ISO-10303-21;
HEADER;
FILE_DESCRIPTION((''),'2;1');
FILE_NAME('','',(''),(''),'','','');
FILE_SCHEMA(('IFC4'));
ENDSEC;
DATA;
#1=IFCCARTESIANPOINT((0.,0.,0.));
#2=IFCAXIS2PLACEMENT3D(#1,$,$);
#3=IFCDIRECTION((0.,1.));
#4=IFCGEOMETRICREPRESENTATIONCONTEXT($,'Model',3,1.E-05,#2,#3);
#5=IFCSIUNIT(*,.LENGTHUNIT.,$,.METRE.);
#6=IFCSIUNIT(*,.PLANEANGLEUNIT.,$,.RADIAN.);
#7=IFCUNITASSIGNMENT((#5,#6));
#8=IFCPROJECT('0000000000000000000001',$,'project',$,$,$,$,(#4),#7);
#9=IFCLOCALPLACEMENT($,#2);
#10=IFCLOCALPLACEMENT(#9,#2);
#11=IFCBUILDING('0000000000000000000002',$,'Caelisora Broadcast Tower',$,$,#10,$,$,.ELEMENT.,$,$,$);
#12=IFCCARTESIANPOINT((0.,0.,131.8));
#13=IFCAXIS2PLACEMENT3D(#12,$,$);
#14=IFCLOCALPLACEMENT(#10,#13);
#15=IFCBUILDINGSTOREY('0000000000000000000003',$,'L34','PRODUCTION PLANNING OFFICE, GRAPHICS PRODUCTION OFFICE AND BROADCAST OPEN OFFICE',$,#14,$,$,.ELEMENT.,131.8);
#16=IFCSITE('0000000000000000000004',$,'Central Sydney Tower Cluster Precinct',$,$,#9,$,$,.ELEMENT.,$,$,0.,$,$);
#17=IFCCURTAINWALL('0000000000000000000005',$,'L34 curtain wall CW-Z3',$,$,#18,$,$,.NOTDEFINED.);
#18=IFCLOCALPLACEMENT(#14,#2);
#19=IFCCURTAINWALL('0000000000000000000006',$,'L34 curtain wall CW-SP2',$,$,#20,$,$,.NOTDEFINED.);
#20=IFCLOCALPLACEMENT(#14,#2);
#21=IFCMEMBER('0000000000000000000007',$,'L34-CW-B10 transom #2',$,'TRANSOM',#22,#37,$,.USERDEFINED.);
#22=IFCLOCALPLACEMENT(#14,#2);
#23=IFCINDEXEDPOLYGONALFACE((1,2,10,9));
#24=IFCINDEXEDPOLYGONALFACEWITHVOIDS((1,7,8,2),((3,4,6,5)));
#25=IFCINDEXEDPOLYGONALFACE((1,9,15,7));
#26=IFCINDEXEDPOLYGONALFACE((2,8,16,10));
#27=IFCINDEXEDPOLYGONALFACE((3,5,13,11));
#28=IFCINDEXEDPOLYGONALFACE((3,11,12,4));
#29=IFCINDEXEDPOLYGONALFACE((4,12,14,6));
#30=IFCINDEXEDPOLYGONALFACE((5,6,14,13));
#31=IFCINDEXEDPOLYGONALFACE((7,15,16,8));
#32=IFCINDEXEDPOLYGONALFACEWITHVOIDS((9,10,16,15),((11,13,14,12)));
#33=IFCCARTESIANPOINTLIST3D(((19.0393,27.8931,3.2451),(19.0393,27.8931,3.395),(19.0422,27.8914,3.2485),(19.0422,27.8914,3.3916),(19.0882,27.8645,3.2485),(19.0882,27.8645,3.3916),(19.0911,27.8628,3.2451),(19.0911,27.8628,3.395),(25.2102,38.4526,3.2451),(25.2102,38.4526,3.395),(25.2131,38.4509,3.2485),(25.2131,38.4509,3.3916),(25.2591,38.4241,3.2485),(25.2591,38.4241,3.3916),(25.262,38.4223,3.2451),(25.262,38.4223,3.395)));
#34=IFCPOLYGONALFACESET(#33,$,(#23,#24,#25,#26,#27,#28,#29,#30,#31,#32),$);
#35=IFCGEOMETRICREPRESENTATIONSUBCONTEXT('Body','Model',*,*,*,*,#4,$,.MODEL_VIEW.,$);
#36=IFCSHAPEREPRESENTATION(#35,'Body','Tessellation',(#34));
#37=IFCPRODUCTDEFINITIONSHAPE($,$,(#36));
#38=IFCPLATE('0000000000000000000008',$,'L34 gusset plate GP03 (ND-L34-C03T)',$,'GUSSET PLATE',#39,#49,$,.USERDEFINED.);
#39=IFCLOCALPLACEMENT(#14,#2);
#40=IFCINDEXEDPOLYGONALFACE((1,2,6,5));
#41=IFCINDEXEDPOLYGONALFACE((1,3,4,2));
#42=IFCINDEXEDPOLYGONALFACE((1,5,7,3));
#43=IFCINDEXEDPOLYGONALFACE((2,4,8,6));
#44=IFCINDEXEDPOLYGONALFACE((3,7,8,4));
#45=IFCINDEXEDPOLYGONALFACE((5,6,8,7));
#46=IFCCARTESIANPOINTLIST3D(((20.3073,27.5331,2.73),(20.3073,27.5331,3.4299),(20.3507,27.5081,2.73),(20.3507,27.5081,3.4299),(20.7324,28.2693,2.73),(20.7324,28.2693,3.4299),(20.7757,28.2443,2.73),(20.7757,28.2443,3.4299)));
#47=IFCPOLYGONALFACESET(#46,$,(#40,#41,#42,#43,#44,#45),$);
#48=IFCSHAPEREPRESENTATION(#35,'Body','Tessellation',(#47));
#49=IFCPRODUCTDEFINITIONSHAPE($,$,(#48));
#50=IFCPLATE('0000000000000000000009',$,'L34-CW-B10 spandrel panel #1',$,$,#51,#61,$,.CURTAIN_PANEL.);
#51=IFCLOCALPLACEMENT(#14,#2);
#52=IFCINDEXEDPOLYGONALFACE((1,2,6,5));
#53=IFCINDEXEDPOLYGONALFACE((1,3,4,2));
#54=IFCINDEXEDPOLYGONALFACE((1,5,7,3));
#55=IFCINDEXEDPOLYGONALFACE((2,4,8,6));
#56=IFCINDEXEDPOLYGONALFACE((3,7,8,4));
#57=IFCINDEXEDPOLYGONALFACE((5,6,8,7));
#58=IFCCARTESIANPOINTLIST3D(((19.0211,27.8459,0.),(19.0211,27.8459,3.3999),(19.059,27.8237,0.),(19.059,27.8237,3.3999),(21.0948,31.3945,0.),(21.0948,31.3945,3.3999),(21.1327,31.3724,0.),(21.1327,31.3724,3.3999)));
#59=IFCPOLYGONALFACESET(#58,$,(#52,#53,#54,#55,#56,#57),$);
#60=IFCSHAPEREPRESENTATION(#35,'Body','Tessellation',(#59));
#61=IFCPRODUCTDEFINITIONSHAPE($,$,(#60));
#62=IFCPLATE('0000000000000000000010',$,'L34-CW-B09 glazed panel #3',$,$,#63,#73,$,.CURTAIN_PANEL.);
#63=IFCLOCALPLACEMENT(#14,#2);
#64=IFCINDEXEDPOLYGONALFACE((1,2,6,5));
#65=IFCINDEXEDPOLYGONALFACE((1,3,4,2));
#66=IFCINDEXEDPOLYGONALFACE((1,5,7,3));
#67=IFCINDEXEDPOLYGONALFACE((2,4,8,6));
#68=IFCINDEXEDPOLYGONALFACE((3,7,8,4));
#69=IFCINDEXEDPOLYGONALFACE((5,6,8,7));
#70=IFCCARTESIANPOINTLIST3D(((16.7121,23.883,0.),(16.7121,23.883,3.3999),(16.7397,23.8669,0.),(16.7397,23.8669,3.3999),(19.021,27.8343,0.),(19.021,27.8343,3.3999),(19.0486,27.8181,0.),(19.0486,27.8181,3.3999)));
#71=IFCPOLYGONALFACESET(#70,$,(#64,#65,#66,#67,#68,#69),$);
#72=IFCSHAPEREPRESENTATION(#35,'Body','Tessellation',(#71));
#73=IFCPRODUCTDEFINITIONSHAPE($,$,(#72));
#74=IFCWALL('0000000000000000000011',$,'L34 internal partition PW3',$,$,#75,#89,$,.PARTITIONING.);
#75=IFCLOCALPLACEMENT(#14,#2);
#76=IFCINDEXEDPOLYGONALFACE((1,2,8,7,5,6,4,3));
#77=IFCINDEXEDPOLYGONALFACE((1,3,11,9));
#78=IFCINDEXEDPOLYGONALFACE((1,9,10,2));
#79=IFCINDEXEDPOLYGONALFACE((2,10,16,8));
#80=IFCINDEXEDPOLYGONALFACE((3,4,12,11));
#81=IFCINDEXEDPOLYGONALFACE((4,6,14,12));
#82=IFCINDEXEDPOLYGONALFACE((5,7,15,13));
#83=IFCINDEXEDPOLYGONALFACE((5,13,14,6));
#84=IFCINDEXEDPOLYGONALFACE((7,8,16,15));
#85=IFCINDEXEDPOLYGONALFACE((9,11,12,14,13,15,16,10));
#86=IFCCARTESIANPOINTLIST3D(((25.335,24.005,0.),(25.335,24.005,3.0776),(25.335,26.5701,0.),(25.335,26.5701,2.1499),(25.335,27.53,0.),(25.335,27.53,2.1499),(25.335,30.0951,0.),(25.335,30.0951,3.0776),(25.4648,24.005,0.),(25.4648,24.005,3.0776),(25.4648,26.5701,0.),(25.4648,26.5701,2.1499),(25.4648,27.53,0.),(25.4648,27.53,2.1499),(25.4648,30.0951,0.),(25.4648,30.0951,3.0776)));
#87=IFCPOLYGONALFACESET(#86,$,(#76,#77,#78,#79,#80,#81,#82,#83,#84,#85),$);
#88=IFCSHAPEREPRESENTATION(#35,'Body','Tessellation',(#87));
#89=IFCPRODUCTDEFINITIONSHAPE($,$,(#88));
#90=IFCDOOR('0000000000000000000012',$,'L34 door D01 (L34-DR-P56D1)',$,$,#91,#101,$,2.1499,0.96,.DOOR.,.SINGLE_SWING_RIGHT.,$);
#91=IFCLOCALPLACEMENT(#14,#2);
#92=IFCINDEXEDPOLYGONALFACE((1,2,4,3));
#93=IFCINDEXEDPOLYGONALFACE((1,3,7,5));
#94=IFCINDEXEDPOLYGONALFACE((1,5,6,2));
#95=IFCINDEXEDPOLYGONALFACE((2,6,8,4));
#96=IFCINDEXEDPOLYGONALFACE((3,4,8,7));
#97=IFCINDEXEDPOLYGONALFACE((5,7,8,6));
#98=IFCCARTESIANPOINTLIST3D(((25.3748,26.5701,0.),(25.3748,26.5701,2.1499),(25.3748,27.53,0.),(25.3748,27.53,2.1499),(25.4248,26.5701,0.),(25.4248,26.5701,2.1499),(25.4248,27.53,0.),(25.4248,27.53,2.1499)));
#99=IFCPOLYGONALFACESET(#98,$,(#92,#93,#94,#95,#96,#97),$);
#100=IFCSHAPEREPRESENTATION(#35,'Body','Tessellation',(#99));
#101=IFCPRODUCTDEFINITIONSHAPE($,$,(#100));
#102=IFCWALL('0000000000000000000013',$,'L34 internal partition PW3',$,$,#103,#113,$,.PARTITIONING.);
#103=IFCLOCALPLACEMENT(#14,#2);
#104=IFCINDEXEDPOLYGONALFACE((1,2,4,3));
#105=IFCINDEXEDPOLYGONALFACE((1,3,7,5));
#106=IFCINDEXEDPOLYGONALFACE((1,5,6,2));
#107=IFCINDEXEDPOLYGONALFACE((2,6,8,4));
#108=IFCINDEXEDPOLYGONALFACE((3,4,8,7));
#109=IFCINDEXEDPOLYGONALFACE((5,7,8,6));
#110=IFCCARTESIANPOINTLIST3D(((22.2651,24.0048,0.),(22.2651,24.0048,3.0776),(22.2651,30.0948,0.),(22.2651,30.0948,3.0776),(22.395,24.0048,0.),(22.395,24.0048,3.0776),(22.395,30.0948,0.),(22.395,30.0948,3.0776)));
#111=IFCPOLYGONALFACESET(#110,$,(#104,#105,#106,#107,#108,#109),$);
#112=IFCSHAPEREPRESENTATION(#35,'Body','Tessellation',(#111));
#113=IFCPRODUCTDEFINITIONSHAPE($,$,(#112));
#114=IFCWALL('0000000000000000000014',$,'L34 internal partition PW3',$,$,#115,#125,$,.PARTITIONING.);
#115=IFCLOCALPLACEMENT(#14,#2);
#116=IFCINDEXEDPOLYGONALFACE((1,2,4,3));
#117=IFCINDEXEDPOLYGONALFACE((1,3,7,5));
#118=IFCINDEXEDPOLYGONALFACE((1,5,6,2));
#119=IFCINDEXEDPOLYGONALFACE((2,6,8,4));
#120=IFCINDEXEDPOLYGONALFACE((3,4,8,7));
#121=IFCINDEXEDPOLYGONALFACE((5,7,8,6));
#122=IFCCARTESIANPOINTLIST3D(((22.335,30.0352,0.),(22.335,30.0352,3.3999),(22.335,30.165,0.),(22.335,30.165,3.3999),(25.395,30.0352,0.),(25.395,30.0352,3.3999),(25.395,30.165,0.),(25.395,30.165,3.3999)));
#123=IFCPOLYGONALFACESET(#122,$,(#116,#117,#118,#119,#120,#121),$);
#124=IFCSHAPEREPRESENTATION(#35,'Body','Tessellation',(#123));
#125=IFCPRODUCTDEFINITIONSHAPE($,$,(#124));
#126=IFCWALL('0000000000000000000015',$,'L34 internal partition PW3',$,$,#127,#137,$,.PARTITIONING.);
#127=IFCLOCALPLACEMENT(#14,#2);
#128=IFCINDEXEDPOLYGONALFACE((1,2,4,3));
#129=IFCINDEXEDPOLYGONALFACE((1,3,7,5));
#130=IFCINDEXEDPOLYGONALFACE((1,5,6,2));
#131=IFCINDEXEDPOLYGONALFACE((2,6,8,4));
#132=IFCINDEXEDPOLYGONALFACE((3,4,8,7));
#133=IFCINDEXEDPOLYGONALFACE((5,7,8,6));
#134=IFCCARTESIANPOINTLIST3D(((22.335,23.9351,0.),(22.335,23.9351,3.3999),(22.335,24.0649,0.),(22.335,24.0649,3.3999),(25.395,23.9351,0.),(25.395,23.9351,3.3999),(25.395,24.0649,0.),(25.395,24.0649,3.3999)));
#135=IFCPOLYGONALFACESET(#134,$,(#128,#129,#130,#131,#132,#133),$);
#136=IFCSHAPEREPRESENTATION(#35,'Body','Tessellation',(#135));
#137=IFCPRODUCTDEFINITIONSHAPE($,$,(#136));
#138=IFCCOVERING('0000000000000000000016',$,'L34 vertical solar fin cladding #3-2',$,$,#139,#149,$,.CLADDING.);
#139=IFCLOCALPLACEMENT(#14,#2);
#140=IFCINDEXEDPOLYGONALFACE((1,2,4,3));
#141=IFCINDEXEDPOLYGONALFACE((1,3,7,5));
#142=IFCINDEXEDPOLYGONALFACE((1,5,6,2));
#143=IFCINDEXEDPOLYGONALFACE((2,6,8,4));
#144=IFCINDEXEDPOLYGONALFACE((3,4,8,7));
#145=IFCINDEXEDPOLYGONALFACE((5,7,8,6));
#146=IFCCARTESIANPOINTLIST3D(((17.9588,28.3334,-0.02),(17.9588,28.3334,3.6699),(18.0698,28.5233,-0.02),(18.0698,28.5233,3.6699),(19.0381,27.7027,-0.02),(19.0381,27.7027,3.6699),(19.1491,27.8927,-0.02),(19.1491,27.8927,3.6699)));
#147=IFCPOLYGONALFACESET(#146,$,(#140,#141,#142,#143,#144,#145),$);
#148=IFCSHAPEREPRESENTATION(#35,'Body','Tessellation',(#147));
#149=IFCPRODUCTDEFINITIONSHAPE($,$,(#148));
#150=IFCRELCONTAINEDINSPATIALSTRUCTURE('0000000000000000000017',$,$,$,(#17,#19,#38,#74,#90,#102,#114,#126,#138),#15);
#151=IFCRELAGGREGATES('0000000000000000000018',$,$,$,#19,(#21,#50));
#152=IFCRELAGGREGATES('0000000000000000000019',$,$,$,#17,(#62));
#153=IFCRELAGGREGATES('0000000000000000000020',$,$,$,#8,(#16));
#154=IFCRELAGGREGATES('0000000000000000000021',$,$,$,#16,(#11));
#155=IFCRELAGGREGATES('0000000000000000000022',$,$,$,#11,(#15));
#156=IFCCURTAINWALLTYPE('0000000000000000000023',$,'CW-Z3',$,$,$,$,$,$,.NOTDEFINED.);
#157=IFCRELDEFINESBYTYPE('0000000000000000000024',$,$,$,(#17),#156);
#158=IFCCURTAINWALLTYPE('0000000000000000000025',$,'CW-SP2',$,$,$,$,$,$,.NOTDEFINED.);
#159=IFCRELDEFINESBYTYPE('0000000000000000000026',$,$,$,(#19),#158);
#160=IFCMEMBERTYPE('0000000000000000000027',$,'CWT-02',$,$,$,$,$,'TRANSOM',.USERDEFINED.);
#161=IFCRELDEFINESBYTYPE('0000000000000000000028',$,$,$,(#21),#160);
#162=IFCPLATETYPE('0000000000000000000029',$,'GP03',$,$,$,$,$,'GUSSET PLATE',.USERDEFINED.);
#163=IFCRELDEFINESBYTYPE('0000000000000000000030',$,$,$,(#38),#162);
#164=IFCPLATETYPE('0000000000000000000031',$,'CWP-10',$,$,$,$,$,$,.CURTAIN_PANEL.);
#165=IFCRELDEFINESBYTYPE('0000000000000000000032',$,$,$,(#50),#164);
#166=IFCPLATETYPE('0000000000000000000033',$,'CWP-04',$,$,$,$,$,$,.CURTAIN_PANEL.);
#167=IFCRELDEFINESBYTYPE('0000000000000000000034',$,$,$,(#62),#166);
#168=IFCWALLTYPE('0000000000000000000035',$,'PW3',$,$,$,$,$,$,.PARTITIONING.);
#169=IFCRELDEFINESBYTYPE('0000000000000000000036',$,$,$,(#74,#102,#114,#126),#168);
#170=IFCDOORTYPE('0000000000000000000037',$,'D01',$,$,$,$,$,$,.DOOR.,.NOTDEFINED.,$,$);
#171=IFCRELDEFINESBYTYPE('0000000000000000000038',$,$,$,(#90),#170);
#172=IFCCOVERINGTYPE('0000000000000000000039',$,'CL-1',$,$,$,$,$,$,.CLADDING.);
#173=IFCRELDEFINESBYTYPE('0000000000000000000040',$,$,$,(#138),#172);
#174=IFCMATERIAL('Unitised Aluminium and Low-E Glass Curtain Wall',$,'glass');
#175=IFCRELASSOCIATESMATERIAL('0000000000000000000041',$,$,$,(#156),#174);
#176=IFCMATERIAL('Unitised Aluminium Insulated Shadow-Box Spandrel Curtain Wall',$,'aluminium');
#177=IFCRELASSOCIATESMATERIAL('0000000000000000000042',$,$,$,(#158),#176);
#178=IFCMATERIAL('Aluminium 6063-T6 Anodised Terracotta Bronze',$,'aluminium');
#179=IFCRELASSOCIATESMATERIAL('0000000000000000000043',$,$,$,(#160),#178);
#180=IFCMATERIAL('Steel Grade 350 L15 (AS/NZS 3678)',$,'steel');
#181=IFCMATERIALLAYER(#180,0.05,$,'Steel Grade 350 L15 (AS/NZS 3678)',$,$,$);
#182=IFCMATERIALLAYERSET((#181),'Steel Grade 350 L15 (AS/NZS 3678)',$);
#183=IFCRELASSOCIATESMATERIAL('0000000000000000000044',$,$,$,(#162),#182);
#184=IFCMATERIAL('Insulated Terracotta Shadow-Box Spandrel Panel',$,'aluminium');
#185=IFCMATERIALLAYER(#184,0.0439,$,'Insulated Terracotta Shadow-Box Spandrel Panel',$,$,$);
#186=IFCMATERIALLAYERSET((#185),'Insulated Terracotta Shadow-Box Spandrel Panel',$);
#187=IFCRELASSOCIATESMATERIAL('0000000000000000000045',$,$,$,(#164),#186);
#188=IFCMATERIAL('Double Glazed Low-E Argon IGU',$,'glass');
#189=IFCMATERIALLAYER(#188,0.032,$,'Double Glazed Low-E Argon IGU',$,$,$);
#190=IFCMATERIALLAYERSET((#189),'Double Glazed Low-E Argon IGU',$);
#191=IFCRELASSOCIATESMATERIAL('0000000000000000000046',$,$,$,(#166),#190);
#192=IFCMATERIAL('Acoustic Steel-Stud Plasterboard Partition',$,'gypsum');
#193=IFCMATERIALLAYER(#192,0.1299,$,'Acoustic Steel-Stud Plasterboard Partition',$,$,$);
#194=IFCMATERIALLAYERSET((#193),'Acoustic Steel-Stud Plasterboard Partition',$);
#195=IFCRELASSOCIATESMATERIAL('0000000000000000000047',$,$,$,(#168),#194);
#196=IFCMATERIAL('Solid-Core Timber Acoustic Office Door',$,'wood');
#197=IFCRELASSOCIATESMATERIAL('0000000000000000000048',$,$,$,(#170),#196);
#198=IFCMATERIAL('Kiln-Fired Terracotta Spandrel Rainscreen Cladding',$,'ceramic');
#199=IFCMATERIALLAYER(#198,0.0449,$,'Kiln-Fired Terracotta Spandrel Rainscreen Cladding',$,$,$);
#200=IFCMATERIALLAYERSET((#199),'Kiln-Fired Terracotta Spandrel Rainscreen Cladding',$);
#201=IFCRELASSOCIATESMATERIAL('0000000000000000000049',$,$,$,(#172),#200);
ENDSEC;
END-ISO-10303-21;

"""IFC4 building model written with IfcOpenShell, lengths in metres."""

from ifc_helpers import new_model, si_unit, direction, frame, frame_2d, origin, origin_2d, place, context, subcontext, project, spatial, rectangle, hollow_rectangle, extrude, source, transform, mapped, material, layer, layer_set, material_profile, profile_set, type_object, type_shapes, element, fill, aggregate, save


model = new_model("IFC4")

# Units and contexts
model_context = context("Model", 3, precision=1e-05, world=origin(), true_north=direction((0.0, 1.0)))
body_context = subcontext(model_context, "Body", "Model", "MODEL_VIEW")
ifc_project = project(units=[si_unit("LENGTHUNIT", "METRE"), si_unit("PLANEANGLEUNIT", "RADIAN")], contexts=[model_context])

# Site, building, storey
site_placement = place(None, origin())
site = spatial("IfcSite", under=ifc_project, at=site_placement, Name="Central Sydney Tower Cluster Precinct", CompositionType="ELEMENT", RefElevation=0.0)
building_placement = place(site_placement, origin())
building = spatial("IfcBuilding", under=site, at=building_placement, Name="Caelisora Broadcast Tower", CompositionType="ELEMENT")
storey_placement = place(building_placement, frame((0.0, 0.0, 131.8)))
storey = spatial("IfcBuildingStorey", under=building, at=storey_placement, Name="L34", Description="PRODUCTION PLANNING OFFICE, GRAPHICS PRODUCTION OFFICE AND BROADCAST OPEN OFFICE", CompositionType="ELEMENT", Elevation=131.8)

# Shared definitions
ifc_material_1 = material(Name="Steel Grade 350 L15 (AS/NZS 3678)", Category="steel")

# Curtain walls, member
ifc_material_2 = material(Name="Unitised Aluminium and Low-E Glass Curtain Wall", Category="glass")
curtain_wall_type_1 = type_object("IfcCurtainWallType", Name="CW-Z3", PredefinedType="NOTDEFINED", material=ifc_material_2)
curtain_wall_1_placement = place(storey_placement, origin())
curtain_wall_1 = element("IfcCurtainWall", 1, at=curtain_wall_1_placement, inside=storey, type_object=curtain_wall_type_1, Name="L34 curtain wall CW-Z3", PredefinedType="NOTDEFINED")
ifc_material_3 = material(Name="Aluminium 6063-T6 Anodised Terracotta Bronze", Category="aluminium")
ifc_material_4 = material(Name="Unitised Aluminium Insulated Shadow-Box Spandrel Curtain Wall", Category="aluminium")
curtain_wall_type_2 = type_object("IfcCurtainWallType", Name="CW-SP2", PredefinedType="NOTDEFINED", material=ifc_material_4)
curtain_wall_2_placement = place(storey_placement, origin())
curtain_wall_2 = element("IfcCurtainWall", 2, at=curtain_wall_2_placement, inside=storey, type_object=curtain_wall_type_2, Name="L34 curtain wall CW-SP2", PredefinedType="NOTDEFINED")
ifc_material_profile_1 = material_profile(ifc_material_3, hollow_rectangle(XDim=0.0601, YDim=0.1499, WallThickness=0.0034, at=origin_2d()), Name="Aluminium 6063-T6 Anodised Terracotta Bronze")
ifc_profile_set_1 = profile_set([ifc_material_profile_1], Name="Aluminium 6063-T6 Anodised Terracotta Bronze")
member_type_1 = type_object("IfcMemberType", Name="CWT-02", ElementType="TRANSOM", PredefinedType="USERDEFINED", material=ifc_profile_set_1)
shared_shape_1 = source(origin(), body_context, "Body", "SweptSolid", [
    extrude(hollow_rectangle(XDim=0.0601, YDim=0.1499, WallThickness=0.0034, at=origin_2d()), origin(), (0.0, 0.0, 1.0), 12.2305),
])
type_shapes(member_type_1, [shared_shape_1])
member_1_placement = place(storey_placement, frame((19.0652, 27.8779, 3.3201), z_axis=(0.504551, 0.863382, 0.0), x_axis=(-0.863382, 0.504551, 0.0)))
member_1 = element("IfcMember", 3, at=member_1_placement, type_object=member_type_1, Name="L34-CW-B10 transom #2", ObjectType="TRANSOM", PredefinedType="USERDEFINED", context=body_context, shape_type="MappedRepresentation", body=[
    mapped(shared_shape_1, transform((0.0, 0.0, 0.0), scale=1.0)),
])

# Plates
ifc_layer_1 = layer(ifc_material_1, 0.05, Name="Steel Grade 350 L15 (AS/NZS 3678)")
ifc_layer_set_1 = layer_set([ifc_layer_1], Name="Steel Grade 350 L15 (AS/NZS 3678)")
plate_type_1 = type_object("IfcPlateType", Name="GP03", ElementType="GUSSET PLATE", PredefinedType="USERDEFINED", material=ifc_layer_set_1)
shared_shape_2 = source(origin(), body_context, "Body", "SweptSolid", [
    extrude(rectangle(XDim=0.8501, YDim=0.05, at=origin_2d()), origin(), (0.0, 0.0, 1.0), 0.7),
])
type_shapes(plate_type_1, [shared_shape_2])
plate_1_placement = place(storey_placement, frame((20.5415, 27.8887, 2.73), z_axis=(0.0, 0.0, 1.0), x_axis=(-0.5, -0.866025, 0.0)))
element("IfcPlate", 4, at=plate_1_placement, inside=storey, type_object=plate_type_1, Name="L34 gusset plate GP03 (ND-L34-C03T)", ObjectType="GUSSET PLATE", PredefinedType="USERDEFINED", context=body_context, shape_type="MappedRepresentation", body=[
    mapped(shared_shape_2, transform((0.0, 0.0, 0.0), scale=1.0)),
])
ifc_material_5 = material(Name="Insulated Terracotta Shadow-Box Spandrel Panel", Category="aluminium")
ifc_layer_2 = layer(ifc_material_5, 0.0439, Name="Insulated Terracotta Shadow-Box Spandrel Panel")
ifc_layer_set_2 = layer_set([ifc_layer_2], Name="Insulated Terracotta Shadow-Box Spandrel Panel")
plate_type_2 = type_object("IfcPlateType", Name="CWP-10", PredefinedType="CURTAIN_PANEL", material=ifc_layer_set_2)
shared_shape_3 = source(origin(), body_context, "Body", "SweptSolid", [
    extrude(rectangle(XDim=4.1101, YDim=0.0439, at=origin_2d()), origin(), (0.0, 0.0, 1.0), 3.3999),
])
type_shapes(plate_type_2, [shared_shape_3])
plate_2_placement = place(storey_placement, frame((20.0769, 29.6091, 0.0), z_axis=(0.0, 0.0, 1.0), x_axis=(0.504528, 0.863396, 0.0)))
plate_2 = element("IfcPlate", 5, at=plate_2_placement, type_object=plate_type_2, Name="L34-CW-B10 spandrel panel #1", PredefinedType="CURTAIN_PANEL", context=body_context, shape_type="MappedRepresentation", body=[
    mapped(shared_shape_3, transform((0.0, 0.0, 0.0), scale=1.0)),
])
aggregate(curtain_wall_2, [member_1, plate_2])
ifc_material_6 = material(Name="Double Glazed Low-E Argon IGU", Category="glass")
ifc_layer_3 = layer(ifc_material_6, 0.032, Name="Double Glazed Low-E Argon IGU")
ifc_layer_set_3 = layer_set([ifc_layer_3], Name="Double Glazed Low-E Argon IGU")
plate_type_3 = type_object("IfcPlateType", Name="CWP-04", PredefinedType="CURTAIN_PANEL", material=ifc_layer_set_3)
shared_shape_4 = source(origin(), body_context, "Body", "SweptSolid", [
    extrude(rectangle(XDim=4.5764, YDim=0.032, at=origin_2d()), origin(), (0.0, 0.0, 1.0), 3.3999),
])
type_shapes(plate_type_3, [shared_shape_4])
plate_3_placement = place(storey_placement, frame((17.8804, 25.8506, 0.0), z_axis=(0.0, 0.0, 1.0), x_axis=(0.504528, 0.863396, 0.0)))
plate_3 = element("IfcPlate", 6, at=plate_3_placement, type_object=plate_type_3, Name="L34-CW-B09 glazed panel #3", PredefinedType="CURTAIN_PANEL", context=body_context, shape_type="MappedRepresentation", body=[
    mapped(shared_shape_4, transform((0.0, 0.0, 0.0), scale=1.0)),
])
aggregate(curtain_wall_1, [plate_3])

# Wall, opening, door
ifc_material_7 = material(Name="Acoustic Steel-Stud Plasterboard Partition", Category="gypsum")
ifc_layer_4 = layer(ifc_material_7, 0.1299, Name="Acoustic Steel-Stud Plasterboard Partition")
ifc_layer_set_4 = layer_set([ifc_layer_4], Name="Acoustic Steel-Stud Plasterboard Partition")
wall_type = type_object("IfcWallType", Name="PW3", PredefinedType="PARTITIONING", material=ifc_layer_set_4)
wall_1_placement = place(storey_placement, frame((25.3999, 30.095, 0.0), z_axis=(0.0, 0.0, 1.0), x_axis=(0.0, -1.0, 0.0)))
wall_1 = element("IfcWall", 7, at=wall_1_placement, inside=storey, type_object=wall_type, Name="L34 internal partition PW3", PredefinedType="PARTITIONING", context=body_context, shape_type="SweptSolid", body=[
    extrude(rectangle(XDim=6.0901, YDim=0.1299, at=frame_2d((3.0449, 0.0))), origin(), (0.0, 0.0, 1.0), 3.0776),
])
opening_1_placement = place(wall_1_placement, frame((2.5649, 0.0, 0.0)))
opening_1 = element("IfcOpeningElement", 8, at=opening_1_placement, cuts=wall_1, PredefinedType="OPENING", context=body_context, shape_type="SweptSolid", body=[
    extrude(rectangle(XDim=0.96, YDim=2.1499, at=frame_2d((0.48, 1.075))), frame((0.0, 0.0769, 0.0), z_axis=(0.0, -1.0, 0.0), x_axis=(1.0, 0.0, 0.0)), (0.0, 0.0, 1.0), 0.1538),
])
ifc_material_8 = material(Name="Solid-Core Timber Acoustic Office Door", Category="wood")
door_type = type_object("IfcDoorType", Name="D01", OperationType="NOTDEFINED", PredefinedType="DOOR", material=ifc_material_8)
door_1_placement = place(opening_1_placement, origin())
door_1 = element("IfcDoor", 9, at=door_1_placement, inside=storey, type_object=door_type, Name="L34 door D01 (L34-DR-P56D1)", OperationType="SINGLE_SWING_RIGHT", OverallHeight=2.1499, OverallWidth=0.96, PredefinedType="DOOR", context=body_context, shape_type="SweptSolid", body=[
    extrude(rectangle(XDim=0.96, YDim=2.1499, at=frame_2d((0.48, 1.075))), frame((0.0, 0.0249, 0.0), z_axis=(0.0, -1.0, 0.0), x_axis=(1.0, 0.0, 0.0)), (0.0, 0.0, 1.0), 0.05),
])
fill(opening_1, door_1)

# Walls
wall_2_placement = place(storey_placement, frame((22.3301, 24.0049, 0.0), z_axis=(0.0, 0.0, 1.0), x_axis=(0.0, 1.0, 0.0)))
element("IfcWall", 10, at=wall_2_placement, inside=storey, type_object=wall_type, Name="L34 internal partition PW3", PredefinedType="PARTITIONING", context=body_context, shape_type="SweptSolid", body=[
    extrude(rectangle(XDim=6.0901, YDim=0.1299, at=frame_2d((3.0449, 0.0))), origin(), (0.0, 0.0, 1.0), 3.0776),
])
for number, where, z_axis, x_axis, name in (
    (11, (22.335, 30.1001, 0.0), (0.0, 0.0, 1.0), (1.0, 0.0, 0.0), "L34 internal partition PW3"),
    (12, (22.335, 24.0, 0.0), (0.0, 0.0, 1.0), (1.0, 0.0, 0.0), "L34 internal partition PW3"),
):
    element("IfcWall", number, at=place(storey_placement, frame(where, z_axis=z_axis, x_axis=x_axis)), inside=storey, type_object=wall_type, Name=name, PredefinedType="PARTITIONING", context=body_context, shape_type="SweptSolid", body=[
        extrude(rectangle(XDim=3.0601, YDim=0.1299, at=frame_2d((1.53, 0.0))), origin(), (0.0, 0.0, 1.0), 3.3999),
    ])

# Covering
ifc_material_9 = material(Name="Kiln-Fired Terracotta Spandrel Rainscreen Cladding", Category="ceramic")
ifc_layer_5 = layer(ifc_material_9, 0.0449, Name="Kiln-Fired Terracotta Spandrel Rainscreen Cladding")
ifc_layer_set_5 = layer_set([ifc_layer_5], Name="Kiln-Fired Terracotta Spandrel Rainscreen Cladding")
covering_type = type_object("IfcCoveringType", Name="CL-1", PredefinedType="CLADDING", material=ifc_layer_set_5)
shared_shape_5 = source(origin(), body_context, "Body", "SweptSolid", [
    extrude(rectangle(XDim=0.22, YDim=1.25, at=origin_2d()), origin(), (0.0, 0.0, 1.0), 3.6899),
])
type_shapes(covering_type, [shared_shape_5])
covering_placement = place(storey_placement, frame((18.554, 28.113, -0.02), z_axis=(0.0, 0.0, 1.0), x_axis=(0.504528, 0.863396, 0.0)))
element("IfcCovering", 13, at=covering_placement, inside=storey, type_object=covering_type, Name="L34 vertical solar fin cladding #3-2", PredefinedType="CLADDING", context=body_context, shape_type="MappedRepresentation", body=[
    mapped(shared_shape_5, transform((0.0, 0.0, 0.0), scale=1.0)),
])

save(model, "model.ifc")
